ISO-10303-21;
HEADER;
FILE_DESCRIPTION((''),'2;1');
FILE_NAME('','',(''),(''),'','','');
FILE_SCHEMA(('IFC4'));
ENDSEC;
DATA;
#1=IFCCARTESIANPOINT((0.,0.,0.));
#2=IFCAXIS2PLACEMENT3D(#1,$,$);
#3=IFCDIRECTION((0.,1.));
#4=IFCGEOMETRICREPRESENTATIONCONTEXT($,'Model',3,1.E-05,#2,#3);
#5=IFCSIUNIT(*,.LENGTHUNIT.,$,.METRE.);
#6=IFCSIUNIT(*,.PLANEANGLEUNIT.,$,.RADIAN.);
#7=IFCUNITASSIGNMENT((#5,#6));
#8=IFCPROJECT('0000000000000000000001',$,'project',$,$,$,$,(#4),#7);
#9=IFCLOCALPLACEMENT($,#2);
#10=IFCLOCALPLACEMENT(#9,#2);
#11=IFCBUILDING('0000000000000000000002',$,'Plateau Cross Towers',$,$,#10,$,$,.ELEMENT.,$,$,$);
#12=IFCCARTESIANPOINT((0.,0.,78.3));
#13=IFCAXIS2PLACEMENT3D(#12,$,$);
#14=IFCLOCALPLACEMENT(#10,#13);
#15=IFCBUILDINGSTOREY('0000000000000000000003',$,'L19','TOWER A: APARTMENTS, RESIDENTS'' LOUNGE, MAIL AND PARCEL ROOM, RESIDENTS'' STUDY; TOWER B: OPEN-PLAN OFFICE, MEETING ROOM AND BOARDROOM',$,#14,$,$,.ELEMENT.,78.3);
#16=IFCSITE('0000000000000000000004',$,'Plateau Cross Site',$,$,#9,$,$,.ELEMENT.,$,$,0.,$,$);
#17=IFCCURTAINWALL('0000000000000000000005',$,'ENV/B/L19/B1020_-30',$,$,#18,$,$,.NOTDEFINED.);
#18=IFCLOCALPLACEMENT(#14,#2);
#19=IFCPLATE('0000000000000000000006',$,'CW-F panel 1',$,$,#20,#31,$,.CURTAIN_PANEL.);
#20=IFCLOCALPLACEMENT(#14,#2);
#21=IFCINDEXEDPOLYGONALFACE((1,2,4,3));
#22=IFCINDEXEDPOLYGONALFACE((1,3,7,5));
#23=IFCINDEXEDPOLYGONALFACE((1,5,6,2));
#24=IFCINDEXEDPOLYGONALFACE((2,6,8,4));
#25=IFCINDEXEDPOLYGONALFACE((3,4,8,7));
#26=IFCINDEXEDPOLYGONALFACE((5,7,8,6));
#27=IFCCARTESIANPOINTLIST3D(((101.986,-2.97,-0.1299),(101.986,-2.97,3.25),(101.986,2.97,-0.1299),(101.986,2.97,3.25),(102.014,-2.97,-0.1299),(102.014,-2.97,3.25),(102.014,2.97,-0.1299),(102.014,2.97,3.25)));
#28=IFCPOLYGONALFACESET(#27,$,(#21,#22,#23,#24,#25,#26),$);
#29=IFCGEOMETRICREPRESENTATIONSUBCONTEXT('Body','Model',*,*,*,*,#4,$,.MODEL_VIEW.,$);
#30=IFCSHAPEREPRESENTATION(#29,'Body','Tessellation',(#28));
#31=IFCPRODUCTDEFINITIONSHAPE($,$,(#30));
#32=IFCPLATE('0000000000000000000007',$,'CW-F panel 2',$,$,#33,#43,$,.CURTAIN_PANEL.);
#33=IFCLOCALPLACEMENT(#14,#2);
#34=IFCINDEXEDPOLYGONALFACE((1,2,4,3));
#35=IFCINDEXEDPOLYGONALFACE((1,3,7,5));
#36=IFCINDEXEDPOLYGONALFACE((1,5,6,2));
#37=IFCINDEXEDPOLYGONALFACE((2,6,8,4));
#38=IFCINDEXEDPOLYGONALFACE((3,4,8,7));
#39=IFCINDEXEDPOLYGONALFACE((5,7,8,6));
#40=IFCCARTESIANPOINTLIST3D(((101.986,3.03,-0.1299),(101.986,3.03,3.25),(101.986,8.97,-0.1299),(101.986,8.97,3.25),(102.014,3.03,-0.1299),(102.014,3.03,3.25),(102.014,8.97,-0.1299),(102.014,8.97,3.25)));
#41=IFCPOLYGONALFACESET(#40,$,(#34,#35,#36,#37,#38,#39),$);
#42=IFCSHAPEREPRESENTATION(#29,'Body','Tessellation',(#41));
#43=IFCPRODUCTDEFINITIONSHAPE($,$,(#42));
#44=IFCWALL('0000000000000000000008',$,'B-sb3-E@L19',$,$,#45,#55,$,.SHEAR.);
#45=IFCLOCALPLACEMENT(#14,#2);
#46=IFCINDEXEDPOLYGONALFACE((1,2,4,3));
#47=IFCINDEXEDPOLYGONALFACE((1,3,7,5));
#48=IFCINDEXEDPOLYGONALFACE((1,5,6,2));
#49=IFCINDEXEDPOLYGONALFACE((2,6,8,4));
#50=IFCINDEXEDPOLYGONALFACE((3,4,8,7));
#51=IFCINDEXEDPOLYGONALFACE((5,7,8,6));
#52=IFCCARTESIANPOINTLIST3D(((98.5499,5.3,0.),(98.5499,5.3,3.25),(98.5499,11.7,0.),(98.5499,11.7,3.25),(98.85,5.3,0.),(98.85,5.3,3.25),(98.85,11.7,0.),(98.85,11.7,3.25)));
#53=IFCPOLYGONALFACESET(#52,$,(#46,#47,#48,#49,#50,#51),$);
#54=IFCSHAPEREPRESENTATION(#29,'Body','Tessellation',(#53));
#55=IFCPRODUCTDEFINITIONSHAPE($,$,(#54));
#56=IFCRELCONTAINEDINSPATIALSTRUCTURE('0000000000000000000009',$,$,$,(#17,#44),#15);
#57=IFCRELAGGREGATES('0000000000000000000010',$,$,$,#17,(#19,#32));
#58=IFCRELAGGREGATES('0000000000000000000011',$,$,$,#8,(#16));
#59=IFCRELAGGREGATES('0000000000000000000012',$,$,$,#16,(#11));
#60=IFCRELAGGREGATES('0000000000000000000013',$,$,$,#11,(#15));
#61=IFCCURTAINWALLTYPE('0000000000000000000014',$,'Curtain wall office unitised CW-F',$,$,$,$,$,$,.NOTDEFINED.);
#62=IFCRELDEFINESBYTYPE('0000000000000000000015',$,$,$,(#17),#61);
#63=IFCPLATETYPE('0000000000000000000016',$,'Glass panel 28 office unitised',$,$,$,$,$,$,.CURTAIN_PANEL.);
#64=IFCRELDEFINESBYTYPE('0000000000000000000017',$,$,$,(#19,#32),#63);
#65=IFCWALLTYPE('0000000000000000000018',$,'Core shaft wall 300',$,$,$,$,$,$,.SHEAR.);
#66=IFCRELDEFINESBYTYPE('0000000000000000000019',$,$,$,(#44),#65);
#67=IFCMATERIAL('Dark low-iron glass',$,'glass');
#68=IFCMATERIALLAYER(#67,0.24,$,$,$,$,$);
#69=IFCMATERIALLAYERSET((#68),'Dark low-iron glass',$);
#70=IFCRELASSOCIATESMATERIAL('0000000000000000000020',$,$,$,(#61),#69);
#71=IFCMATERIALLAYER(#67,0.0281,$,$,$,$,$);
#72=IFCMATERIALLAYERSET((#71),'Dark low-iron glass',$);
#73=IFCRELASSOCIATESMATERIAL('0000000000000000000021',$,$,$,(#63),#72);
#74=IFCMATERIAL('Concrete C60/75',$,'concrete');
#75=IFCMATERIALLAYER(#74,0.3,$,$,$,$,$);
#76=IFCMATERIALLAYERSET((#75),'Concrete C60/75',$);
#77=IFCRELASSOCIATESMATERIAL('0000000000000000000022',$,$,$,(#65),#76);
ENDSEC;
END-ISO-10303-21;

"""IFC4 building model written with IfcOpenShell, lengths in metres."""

from ifc_helpers import new_model, si_unit, direction, frame, frame_2d, origin, origin_2d, place, context, subcontext, project, spatial, rectangle, extrude, material, layer, layer_set, type_object, element, aggregate, save


model = new_model("IFC4")

# Units and contexts
model_context = context("Model", 3, precision=1e-05, world=origin(), true_north=direction((0.0, 1.0)))
body_context = subcontext(model_context, "Body", "Model", "MODEL_VIEW")
ifc_project = project(units=[si_unit("LENGTHUNIT", "METRE"), si_unit("PLANEANGLEUNIT", "RADIAN")], contexts=[model_context])

# Site, building, storey
site_placement = place(None, origin())
site = spatial("IfcSite", under=ifc_project, at=site_placement, Name="Plateau Cross Site", CompositionType="ELEMENT", RefElevation=0.0)
building_placement = place(site_placement, origin())
building = spatial("IfcBuilding", under=site, at=building_placement, Name="Plateau Cross Towers", CompositionType="ELEMENT")
storey_placement = place(building_placement, frame((0.0, 0.0, 78.3)))
storey = spatial("IfcBuildingStorey", under=building, at=storey_placement, Name="L19", Description="TOWER A: APARTMENTS, RESIDENTS' LOUNGE, MAIL AND PARCEL ROOM, RESIDENTS' STUDY; TOWER B: OPEN-PLAN OFFICE, MEETING ROOM AND BOARDROOM", CompositionType="ELEMENT", Elevation=78.3)

# Shared definitions
ifc_material_1 = material(Name="Concrete C60/75", Category="concrete")

# Shared definitions
ifc_material_2 = material(Name="Dark low-iron glass", Category="glass")
ifc_layer_1 = layer(ifc_material_2, 0.24)
ifc_layer_set_1 = layer_set([ifc_layer_1], Name="Dark low-iron glass")
curtain_wall_type = type_object("IfcCurtainWallType", Name="Curtain wall office unitised CW-F", PredefinedType="NOTDEFINED", material=ifc_layer_set_1)

# Curtain wall
curtain_wall_1_placement = place(storey_placement, origin())
curtain_wall_1 = element("IfcCurtainWall", 1, at=curtain_wall_1_placement, inside=storey, type_object=curtain_wall_type, Name="ENV/B/L19/B1020_-30", PredefinedType="NOTDEFINED")

# Shared definitions
ifc_layer_2 = layer(ifc_material_2, 0.0281)
ifc_layer_set_2 = layer_set([ifc_layer_2], Name="Dark low-iron glass")
plate_type = type_object("IfcPlateType", Name="Glass panel 28 office unitised", PredefinedType="CURTAIN_PANEL", material=ifc_layer_set_2)

# Plates
plate_1_placement = place(storey_placement, frame((102.0, 0.0, -0.1299), z_axis=(0.0, 0.0, 1.0), x_axis=(0.0, 1.0, 0.0)))
plate_1 = element("IfcPlate", 2, at=plate_1_placement, type_object=plate_type, Name="CW-F panel 1", PredefinedType="CURTAIN_PANEL", context=body_context, shape_type="SweptSolid", body=[
    extrude(rectangle(XDim=5.9399, YDim=0.0281, at=origin_2d()), origin(), (0.0, 0.0, 1.0), 3.3799),
])
plate_2_placement = place(storey_placement, frame((102.0, 6.0, -0.1299), z_axis=(0.0, 0.0, 1.0), x_axis=(0.0, 1.0, 0.0)))
plate_2 = element("IfcPlate", 3, at=plate_2_placement, type_object=plate_type, Name="CW-F panel 2", PredefinedType="CURTAIN_PANEL", context=body_context, shape_type="SweptSolid", body=[
    extrude(rectangle(XDim=5.9399, YDim=0.0281, at=origin_2d()), origin(), (0.0, 0.0, 1.0), 3.3799),
])
aggregate(curtain_wall_1, [plate_1, plate_2])

# Wall
ifc_layer_3 = layer(ifc_material_1, 0.3)
ifc_layer_set_3 = layer_set([ifc_layer_3], Name="Concrete C60/75")
wall_type = type_object("IfcWallType", Name="Core shaft wall 300", PredefinedType="SHEAR", material=ifc_layer_set_3)
wall_placement = place(storey_placement, frame((98.7, 5.3, 0.0), z_axis=(0.0, 0.0, 1.0), x_axis=(0.0, 1.0, 0.0)))
element("IfcWall", 4, at=wall_placement, inside=storey, type_object=wall_type, Name="B-sb3-E@L19", PredefinedType="SHEAR", context=body_context, shape_type="SweptSolid", body=[
    extrude(rectangle(XDim=6.3999, YDim=0.3, at=frame_2d((3.2, 0.0))), origin(), (0.0, 0.0, 1.0), 3.25),
])

save(model, "model.ifc")
